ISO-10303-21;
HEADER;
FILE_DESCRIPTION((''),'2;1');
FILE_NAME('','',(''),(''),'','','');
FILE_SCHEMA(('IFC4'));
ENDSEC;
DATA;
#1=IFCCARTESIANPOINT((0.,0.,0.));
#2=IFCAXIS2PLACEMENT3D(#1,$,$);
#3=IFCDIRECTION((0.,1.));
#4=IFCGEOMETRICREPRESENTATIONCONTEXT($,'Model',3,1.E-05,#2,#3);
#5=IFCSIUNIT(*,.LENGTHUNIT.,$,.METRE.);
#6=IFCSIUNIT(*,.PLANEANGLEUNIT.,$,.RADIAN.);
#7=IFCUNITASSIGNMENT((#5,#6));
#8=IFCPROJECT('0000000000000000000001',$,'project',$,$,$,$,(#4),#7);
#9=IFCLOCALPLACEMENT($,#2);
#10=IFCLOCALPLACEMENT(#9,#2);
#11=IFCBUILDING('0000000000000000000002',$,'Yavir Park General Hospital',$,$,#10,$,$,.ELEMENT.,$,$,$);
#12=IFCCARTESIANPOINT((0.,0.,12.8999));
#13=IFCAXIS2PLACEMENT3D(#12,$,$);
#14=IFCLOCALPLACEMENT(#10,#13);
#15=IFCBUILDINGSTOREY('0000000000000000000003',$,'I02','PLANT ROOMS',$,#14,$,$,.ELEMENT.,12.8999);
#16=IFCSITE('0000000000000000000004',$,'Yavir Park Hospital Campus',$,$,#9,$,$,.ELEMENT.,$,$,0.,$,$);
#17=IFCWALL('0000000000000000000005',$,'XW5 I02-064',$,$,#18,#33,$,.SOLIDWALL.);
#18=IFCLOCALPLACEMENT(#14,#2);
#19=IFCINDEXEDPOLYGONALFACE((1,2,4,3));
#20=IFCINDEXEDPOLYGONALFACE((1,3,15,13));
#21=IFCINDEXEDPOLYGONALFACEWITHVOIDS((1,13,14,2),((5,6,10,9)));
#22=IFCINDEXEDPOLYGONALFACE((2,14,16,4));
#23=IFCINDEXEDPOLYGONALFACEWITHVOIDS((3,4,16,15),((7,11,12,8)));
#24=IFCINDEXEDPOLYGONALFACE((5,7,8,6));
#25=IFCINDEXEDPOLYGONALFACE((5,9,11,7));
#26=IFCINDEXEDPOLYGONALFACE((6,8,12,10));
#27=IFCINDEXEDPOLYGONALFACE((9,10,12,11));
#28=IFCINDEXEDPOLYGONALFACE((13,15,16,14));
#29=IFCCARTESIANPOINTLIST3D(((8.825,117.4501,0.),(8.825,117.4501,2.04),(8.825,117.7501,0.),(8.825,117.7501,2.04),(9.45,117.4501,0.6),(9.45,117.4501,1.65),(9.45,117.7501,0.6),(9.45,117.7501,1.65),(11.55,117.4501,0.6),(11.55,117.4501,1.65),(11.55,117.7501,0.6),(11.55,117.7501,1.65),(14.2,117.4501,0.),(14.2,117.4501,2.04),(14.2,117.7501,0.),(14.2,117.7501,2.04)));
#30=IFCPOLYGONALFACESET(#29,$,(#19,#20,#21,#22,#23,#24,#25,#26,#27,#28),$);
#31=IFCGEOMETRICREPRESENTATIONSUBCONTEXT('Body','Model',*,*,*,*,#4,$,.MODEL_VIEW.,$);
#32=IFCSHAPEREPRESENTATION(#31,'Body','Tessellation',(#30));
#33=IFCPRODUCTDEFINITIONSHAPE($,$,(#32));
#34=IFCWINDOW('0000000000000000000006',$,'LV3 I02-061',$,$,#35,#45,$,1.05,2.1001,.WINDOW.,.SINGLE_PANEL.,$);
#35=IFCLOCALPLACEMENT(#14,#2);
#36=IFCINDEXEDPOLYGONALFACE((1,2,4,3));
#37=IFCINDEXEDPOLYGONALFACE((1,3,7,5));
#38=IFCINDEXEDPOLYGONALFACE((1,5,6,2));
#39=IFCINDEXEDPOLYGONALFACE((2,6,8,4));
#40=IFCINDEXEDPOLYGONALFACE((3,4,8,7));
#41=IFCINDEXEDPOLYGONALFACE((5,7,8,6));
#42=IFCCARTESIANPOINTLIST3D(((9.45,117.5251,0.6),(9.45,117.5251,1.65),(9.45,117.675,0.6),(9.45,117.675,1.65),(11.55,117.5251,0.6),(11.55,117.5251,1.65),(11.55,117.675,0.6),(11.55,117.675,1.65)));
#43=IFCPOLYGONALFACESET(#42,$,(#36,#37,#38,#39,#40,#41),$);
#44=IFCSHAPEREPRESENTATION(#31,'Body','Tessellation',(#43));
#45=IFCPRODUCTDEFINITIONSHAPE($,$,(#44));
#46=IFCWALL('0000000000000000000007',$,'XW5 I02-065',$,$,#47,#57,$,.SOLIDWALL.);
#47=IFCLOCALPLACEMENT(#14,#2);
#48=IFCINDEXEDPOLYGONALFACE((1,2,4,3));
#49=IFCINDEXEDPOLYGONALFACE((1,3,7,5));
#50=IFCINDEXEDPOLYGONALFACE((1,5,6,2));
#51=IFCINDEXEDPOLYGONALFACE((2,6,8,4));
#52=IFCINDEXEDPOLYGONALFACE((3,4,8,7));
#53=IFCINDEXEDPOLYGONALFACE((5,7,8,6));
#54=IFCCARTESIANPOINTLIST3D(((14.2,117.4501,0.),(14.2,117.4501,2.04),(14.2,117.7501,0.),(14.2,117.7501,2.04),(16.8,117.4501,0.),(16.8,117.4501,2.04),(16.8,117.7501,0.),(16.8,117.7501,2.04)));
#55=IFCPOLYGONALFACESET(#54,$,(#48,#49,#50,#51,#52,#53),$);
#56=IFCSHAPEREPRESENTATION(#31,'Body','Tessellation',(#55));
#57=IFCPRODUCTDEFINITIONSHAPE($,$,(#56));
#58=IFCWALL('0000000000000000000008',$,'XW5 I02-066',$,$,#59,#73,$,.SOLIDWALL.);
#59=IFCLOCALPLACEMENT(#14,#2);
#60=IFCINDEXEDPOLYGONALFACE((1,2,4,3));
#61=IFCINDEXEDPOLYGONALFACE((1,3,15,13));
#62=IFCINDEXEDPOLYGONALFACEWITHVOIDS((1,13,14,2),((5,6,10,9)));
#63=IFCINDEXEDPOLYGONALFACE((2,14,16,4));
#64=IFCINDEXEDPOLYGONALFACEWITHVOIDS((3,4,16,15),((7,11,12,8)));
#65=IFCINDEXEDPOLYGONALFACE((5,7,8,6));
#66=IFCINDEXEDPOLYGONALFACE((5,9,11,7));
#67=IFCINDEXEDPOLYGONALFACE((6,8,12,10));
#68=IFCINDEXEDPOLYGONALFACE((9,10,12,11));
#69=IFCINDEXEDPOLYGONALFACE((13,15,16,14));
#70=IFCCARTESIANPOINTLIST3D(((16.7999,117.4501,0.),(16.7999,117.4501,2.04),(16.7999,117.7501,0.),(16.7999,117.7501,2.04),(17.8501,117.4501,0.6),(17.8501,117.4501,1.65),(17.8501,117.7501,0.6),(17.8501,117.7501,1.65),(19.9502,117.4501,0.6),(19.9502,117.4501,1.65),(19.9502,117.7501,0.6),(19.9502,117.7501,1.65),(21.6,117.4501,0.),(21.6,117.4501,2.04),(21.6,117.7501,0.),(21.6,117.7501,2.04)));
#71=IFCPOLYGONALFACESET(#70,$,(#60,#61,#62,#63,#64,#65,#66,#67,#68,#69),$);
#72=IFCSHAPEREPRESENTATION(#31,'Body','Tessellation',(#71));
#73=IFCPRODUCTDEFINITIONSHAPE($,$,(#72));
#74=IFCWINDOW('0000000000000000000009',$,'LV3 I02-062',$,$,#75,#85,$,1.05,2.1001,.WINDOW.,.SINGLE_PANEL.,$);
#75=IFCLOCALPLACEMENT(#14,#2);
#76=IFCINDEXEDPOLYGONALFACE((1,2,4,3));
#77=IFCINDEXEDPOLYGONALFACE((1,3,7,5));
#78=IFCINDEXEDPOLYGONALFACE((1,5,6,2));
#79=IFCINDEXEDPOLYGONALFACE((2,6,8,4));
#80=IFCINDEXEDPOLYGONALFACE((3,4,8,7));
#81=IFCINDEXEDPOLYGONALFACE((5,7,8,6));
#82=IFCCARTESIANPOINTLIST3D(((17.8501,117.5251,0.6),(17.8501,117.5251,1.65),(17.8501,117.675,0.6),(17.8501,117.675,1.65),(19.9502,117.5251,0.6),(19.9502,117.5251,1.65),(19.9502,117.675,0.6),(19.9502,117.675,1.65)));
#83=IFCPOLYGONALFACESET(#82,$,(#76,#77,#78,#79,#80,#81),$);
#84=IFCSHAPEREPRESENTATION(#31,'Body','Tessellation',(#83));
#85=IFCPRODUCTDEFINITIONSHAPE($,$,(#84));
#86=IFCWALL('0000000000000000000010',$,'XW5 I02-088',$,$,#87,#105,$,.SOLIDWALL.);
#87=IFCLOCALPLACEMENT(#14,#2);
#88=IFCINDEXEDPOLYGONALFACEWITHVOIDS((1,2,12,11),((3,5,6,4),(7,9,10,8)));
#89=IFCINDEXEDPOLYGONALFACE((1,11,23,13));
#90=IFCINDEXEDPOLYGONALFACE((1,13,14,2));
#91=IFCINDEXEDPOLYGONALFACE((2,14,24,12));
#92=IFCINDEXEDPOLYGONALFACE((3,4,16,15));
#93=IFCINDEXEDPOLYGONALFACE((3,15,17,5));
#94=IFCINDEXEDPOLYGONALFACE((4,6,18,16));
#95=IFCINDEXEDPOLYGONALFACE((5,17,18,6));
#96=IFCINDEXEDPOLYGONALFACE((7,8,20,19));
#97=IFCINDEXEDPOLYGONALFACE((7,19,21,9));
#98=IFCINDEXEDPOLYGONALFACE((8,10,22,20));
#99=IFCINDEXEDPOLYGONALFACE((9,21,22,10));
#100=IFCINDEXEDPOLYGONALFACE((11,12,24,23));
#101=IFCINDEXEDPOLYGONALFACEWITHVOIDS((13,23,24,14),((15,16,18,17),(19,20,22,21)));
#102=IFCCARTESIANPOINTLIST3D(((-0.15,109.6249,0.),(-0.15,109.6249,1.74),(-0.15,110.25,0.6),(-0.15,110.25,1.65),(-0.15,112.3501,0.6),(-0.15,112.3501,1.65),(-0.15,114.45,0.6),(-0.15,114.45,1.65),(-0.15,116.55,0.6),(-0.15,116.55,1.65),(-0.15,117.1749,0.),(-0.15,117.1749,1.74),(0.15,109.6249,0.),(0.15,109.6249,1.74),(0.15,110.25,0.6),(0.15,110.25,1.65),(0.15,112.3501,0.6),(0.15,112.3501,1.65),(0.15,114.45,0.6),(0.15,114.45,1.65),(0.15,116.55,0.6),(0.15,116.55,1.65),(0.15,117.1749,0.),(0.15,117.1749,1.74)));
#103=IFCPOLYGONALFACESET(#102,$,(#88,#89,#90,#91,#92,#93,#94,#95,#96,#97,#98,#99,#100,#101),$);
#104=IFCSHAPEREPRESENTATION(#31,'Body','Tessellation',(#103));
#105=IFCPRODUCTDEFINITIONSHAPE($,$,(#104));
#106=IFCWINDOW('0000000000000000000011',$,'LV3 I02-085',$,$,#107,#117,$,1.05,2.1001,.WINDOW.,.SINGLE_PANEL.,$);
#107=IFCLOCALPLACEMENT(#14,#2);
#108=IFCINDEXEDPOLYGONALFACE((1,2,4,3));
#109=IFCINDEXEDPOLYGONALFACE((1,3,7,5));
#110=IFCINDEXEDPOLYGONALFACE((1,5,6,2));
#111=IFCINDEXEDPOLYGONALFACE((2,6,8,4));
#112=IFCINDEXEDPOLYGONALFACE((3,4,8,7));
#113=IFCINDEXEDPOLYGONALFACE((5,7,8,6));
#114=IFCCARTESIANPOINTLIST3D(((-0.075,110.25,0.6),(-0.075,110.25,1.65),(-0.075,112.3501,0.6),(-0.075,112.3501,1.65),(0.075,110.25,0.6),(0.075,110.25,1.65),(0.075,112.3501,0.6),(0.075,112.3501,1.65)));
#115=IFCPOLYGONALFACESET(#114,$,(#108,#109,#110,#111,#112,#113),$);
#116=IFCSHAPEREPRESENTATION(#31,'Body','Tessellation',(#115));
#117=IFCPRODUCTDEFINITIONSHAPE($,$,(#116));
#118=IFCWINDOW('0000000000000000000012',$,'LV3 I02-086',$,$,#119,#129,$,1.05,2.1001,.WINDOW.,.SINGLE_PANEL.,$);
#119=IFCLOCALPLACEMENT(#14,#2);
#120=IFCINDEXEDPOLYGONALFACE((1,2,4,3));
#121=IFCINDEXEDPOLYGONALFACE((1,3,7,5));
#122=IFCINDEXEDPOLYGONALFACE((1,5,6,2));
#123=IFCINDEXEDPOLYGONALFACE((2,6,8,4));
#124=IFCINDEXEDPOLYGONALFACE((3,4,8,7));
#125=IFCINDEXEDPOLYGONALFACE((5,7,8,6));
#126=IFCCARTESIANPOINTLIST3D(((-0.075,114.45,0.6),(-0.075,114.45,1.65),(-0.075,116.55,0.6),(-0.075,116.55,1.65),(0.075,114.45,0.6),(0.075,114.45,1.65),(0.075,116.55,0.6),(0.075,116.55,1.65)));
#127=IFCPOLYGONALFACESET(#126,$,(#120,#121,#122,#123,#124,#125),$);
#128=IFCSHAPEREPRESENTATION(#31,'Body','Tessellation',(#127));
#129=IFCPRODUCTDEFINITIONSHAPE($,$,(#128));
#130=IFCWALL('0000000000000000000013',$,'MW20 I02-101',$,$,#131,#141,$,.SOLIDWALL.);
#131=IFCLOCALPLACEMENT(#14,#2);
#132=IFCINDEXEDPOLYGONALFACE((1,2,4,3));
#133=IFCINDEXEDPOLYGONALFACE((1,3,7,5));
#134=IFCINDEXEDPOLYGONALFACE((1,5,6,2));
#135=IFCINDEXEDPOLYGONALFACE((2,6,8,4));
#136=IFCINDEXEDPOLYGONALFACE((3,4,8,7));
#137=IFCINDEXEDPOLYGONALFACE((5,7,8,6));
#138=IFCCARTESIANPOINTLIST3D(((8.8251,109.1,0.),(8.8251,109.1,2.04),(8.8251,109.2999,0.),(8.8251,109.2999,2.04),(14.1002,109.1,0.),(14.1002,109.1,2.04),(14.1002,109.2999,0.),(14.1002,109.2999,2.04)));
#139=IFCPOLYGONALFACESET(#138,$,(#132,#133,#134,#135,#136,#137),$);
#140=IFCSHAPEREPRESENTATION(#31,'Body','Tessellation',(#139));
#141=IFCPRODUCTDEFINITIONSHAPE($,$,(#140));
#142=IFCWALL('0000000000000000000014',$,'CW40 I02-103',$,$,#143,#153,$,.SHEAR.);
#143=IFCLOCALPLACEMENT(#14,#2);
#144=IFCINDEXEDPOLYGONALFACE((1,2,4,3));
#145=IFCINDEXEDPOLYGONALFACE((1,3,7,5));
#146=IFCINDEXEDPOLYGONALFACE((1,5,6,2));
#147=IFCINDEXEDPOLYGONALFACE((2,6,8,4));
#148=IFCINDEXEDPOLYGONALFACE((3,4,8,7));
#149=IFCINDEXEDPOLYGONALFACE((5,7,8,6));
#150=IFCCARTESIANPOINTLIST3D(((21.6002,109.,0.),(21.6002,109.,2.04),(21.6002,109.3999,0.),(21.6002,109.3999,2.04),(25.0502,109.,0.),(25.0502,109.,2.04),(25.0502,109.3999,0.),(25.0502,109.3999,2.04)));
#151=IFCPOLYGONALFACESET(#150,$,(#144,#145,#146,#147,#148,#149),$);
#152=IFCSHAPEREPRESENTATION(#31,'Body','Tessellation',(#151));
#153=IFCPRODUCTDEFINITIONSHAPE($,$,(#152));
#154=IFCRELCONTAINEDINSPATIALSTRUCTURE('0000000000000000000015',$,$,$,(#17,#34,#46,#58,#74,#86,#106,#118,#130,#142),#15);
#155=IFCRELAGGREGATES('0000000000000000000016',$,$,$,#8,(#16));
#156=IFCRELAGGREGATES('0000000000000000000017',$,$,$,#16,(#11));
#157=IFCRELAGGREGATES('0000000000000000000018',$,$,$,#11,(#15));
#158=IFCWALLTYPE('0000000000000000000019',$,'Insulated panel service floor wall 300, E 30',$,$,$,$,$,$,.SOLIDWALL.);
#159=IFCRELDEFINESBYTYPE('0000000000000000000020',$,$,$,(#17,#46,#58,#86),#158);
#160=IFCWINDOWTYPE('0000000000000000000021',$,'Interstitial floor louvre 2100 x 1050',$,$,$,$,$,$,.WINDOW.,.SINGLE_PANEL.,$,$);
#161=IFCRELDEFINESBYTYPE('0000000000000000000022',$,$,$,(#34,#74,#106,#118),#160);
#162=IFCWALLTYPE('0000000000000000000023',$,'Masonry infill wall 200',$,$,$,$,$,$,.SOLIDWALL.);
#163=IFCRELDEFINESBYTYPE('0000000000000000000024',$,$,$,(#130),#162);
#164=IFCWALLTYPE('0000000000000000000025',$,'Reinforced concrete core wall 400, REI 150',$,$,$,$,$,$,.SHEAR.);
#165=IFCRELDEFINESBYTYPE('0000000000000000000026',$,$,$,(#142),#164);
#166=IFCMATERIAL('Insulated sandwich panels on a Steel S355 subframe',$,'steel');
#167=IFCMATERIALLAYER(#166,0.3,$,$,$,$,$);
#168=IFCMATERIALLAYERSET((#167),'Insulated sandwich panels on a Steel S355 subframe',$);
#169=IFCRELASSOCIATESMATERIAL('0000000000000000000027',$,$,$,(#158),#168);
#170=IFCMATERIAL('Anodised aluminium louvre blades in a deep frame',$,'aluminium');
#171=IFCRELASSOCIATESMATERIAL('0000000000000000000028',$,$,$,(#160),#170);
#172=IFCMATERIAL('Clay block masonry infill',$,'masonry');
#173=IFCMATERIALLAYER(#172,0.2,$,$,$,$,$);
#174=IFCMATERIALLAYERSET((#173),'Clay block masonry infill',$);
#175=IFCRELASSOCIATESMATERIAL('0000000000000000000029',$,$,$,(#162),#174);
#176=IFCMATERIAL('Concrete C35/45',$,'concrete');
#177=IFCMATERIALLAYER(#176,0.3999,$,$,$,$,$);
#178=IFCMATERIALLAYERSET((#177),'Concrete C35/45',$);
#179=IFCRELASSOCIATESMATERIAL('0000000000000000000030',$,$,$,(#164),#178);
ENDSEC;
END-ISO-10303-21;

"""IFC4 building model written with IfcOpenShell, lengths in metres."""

from ifc_helpers import new_model, si_unit, direction, frame, frame_2d, origin, place, context, subcontext, project, spatial, rectangle, extrude, material, layer, layer_set, type_object, element, fill, save


model = new_model("IFC4")

# Units and contexts
model_context = context("Model", 3, precision=1e-05, world=origin(), true_north=direction((0.0, 1.0)))
body_context = subcontext(model_context, "Body", "Model", "MODEL_VIEW")
ifc_project = project(units=[si_unit("LENGTHUNIT", "METRE"), si_unit("PLANEANGLEUNIT", "RADIAN")], contexts=[model_context])

# Site, building, storey
site_placement = place(None, origin())
site = spatial("IfcSite", under=ifc_project, at=site_placement, Name="Yavir Park Hospital Campus", CompositionType="ELEMENT", RefElevation=0.0)
building_placement = place(site_placement, origin())
building = spatial("IfcBuilding", under=site, at=building_placement, Name="Yavir Park General Hospital", CompositionType="ELEMENT")
storey_placement = place(building_placement, frame((0.0, 0.0, 12.8999)))
storey = spatial("IfcBuildingStorey", under=building, at=storey_placement, Name="I02", Description="PLANT ROOMS", CompositionType="ELEMENT", Elevation=12.8999)

# Shared definitions
ifc_material_1 = material(Name="Insulated sandwich panels on a Steel S355 subframe", Category="steel")
ifc_layer_1 = layer(ifc_material_1, 0.3)
ifc_layer_set_1 = layer_set([ifc_layer_1], Name="Insulated sandwich panels on a Steel S355 subframe")
wall_type_1 = type_object("IfcWallType", Name="Insulated panel service floor wall 300, E 30", PredefinedType="SOLIDWALL", material=ifc_layer_set_1)
ifc_material_2 = material(Name="Anodised aluminium louvre blades in a deep frame", Category="aluminium")
window_type = type_object("IfcWindowType", Name="Interstitial floor louvre 2100 x 1050", PartitioningType="SINGLE_PANEL", PredefinedType="WINDOW", material=ifc_material_2)

# Wall, opening, window
wall_1_placement = place(storey_placement, frame((8.825, 117.6001, 0.0), z_axis=(0.0, 0.0, 1.0), x_axis=(1.0, 0.0, 0.0)))
wall_1 = element("IfcWall", 1, at=wall_1_placement, inside=storey, type_object=wall_type_1, Name="XW5 I02-064", PredefinedType="SOLIDWALL", context=body_context, shape_type="SweptSolid", body=[
    extrude(rectangle(XDim=5.375, YDim=0.3, at=frame_2d((2.6875, 0.0))), origin(), (0.0, 0.0, 1.0), 2.04),
])
opening_1_placement = place(wall_1_placement, frame((0.625, 0.0, 0.6001)))
opening_1 = element("IfcOpeningElement", 2, at=opening_1_placement, cuts=wall_1, PredefinedType="OPENING", context=body_context, shape_type="SweptSolid", body=[
    extrude(rectangle(XDim=2.1001, YDim=1.05, at=frame_2d((1.05, 0.5249))), frame((0.0, 0.1599, 0.0), z_axis=(0.0, -1.0, 0.0), x_axis=(1.0, 0.0, 0.0)), (0.0, 0.0, 1.0), 0.3201),
])
window_1_placement = place(opening_1_placement, origin())
window_1 = element("IfcWindow", 3, at=window_1_placement, inside=storey, type_object=window_type, Name="LV3 I02-061", OverallHeight=1.05, OverallWidth=2.1001, PartitioningType="SINGLE_PANEL", PredefinedType="WINDOW", context=body_context, shape_type="SweptSolid", body=[
    extrude(rectangle(XDim=2.1001, YDim=1.05, at=frame_2d((1.05, 0.5249))), frame((0.0, 0.075, 0.0), z_axis=(0.0, -1.0, 0.0), x_axis=(1.0, 0.0, 0.0)), (0.0, 0.0, 1.0), 0.1499),
])
fill(opening_1, window_1)

# Wall
wall_2_placement = place(storey_placement, frame((14.2, 117.6001, 0.0), z_axis=(0.0, 0.0, 1.0), x_axis=(1.0, 0.0, 0.0)))
element("IfcWall", 4, at=wall_2_placement, inside=storey, type_object=wall_type_1, Name="XW5 I02-065", PredefinedType="SOLIDWALL", context=body_context, shape_type="SweptSolid", body=[
    extrude(rectangle(XDim=2.6001, YDim=0.3, at=frame_2d((1.3, 0.0))), origin(), (0.0, 0.0, 1.0), 2.04),
])

# Wall, opening, window
wall_3_placement = place(storey_placement, frame((16.8, 117.6001, 0.0), z_axis=(0.0, 0.0, 1.0), x_axis=(1.0, 0.0, 0.0)))
wall_3 = element("IfcWall", 5, at=wall_3_placement, inside=storey, type_object=wall_type_1, Name="XW5 I02-066", PredefinedType="SOLIDWALL", context=body_context, shape_type="SweptSolid", body=[
    extrude(rectangle(XDim=4.8, YDim=0.3, at=frame_2d((2.3999, 0.0))), origin(), (0.0, 0.0, 1.0), 2.04),
])
opening_2_placement = place(wall_3_placement, frame((1.05, 0.0, 0.6001)))
opening_2 = element("IfcOpeningElement", 6, at=opening_2_placement, cuts=wall_3, PredefinedType="OPENING", context=body_context, shape_type="SweptSolid", body=[
    extrude(rectangle(XDim=2.1001, YDim=1.05, at=frame_2d((1.05, 0.5249))), frame((0.0, 0.1599, 0.0), z_axis=(0.0, -1.0, 0.0), x_axis=(1.0, 0.0, 0.0)), (0.0, 0.0, 1.0), 0.3201),
])
window_2_placement = place(opening_2_placement, origin())
window_2 = element("IfcWindow", 7, at=window_2_placement, inside=storey, type_object=window_type, Name="LV3 I02-062", OverallHeight=1.05, OverallWidth=2.1001, PartitioningType="SINGLE_PANEL", PredefinedType="WINDOW", context=body_context, shape_type="SweptSolid", body=[
    extrude(rectangle(XDim=2.1001, YDim=1.05, at=frame_2d((1.05, 0.5249))), frame((0.0, 0.075, 0.0), z_axis=(0.0, -1.0, 0.0), x_axis=(1.0, 0.0, 0.0)), (0.0, 0.0, 1.0), 0.1499),
])
fill(opening_2, window_2)

# Wall, openings, windows
wall_4_placement = place(storey_placement, frame((0.0, 109.625, 0.0), z_axis=(0.0, 0.0, 1.0), x_axis=(0.0, 1.0, 0.0)))
wall_4 = element("IfcWall", 8, at=wall_4_placement, inside=storey, type_object=wall_type_1, Name="XW5 I02-088", PredefinedType="SOLIDWALL", context=body_context, shape_type="SweptSolid", body=[
    extrude(rectangle(XDim=7.55, YDim=0.3, at=frame_2d((3.7749, 0.0))), origin(), (0.0, 0.0, 1.0), 1.74),
])
opening_3_placement = place(wall_4_placement, frame((0.625, 0.0, 0.6001)))
opening_3 = element("IfcOpeningElement", 9, at=opening_3_placement, cuts=wall_4, PredefinedType="OPENING", context=body_context, shape_type="SweptSolid", body=[
    extrude(rectangle(XDim=2.1001, YDim=1.05, at=frame_2d((1.05, 0.5249))), frame((0.0, 0.1599, 0.0), z_axis=(0.0, -1.0, 0.0), x_axis=(1.0, 0.0, 0.0)), (0.0, 0.0, 1.0), 0.3201),
])
opening_4_placement = place(wall_4_placement, frame((4.825, 0.0, 0.6001)))
opening_4 = element("IfcOpeningElement", 10, at=opening_4_placement, cuts=wall_4, PredefinedType="OPENING", context=body_context, shape_type="SweptSolid", body=[
    extrude(rectangle(XDim=2.1001, YDim=1.05, at=frame_2d((1.05, 0.5249))), frame((0.0, 0.1599, 0.0), z_axis=(0.0, -1.0, 0.0), x_axis=(1.0, 0.0, 0.0)), (0.0, 0.0, 1.0), 0.3201),
])
window_3_placement = place(opening_3_placement, origin())
window_3 = element("IfcWindow", 11, at=window_3_placement, inside=storey, type_object=window_type, Name="LV3 I02-085", OverallHeight=1.05, OverallWidth=2.1001, PartitioningType="SINGLE_PANEL", PredefinedType="WINDOW", context=body_context, shape_type="SweptSolid", body=[
    extrude(rectangle(XDim=2.1001, YDim=1.05, at=frame_2d((1.05, 0.5249))), frame((0.0, 0.075, 0.0), z_axis=(0.0, -1.0, 0.0), x_axis=(1.0, 0.0, 0.0)), (0.0, 0.0, 1.0), 0.1499),
])
fill(opening_3, window_3)
window_4_placement = place(opening_4_placement, origin())
window_4 = element("IfcWindow", 12, at=window_4_placement, inside=storey, type_object=window_type, Name="LV3 I02-086", OverallHeight=1.05, OverallWidth=2.1001, PartitioningType="SINGLE_PANEL", PredefinedType="WINDOW", context=body_context, shape_type="SweptSolid", body=[
    extrude(rectangle(XDim=2.1001, YDim=1.05, at=frame_2d((1.05, 0.5249))), frame((0.0, 0.075, 0.0), z_axis=(0.0, -1.0, 0.0), x_axis=(1.0, 0.0, 0.0)), (0.0, 0.0, 1.0), 0.1499),
])
fill(opening_4, window_4)

# Walls
ifc_material_3 = material(Name="Clay block masonry infill", Category="masonry")
ifc_layer_2 = layer(ifc_material_3, 0.2)
ifc_layer_set_2 = layer_set([ifc_layer_2], Name="Clay block masonry infill")
wall_type_2 = type_object("IfcWallType", Name="Masonry infill wall 200", PredefinedType="SOLIDWALL", material=ifc_layer_set_2)
wall_5_placement = place(storey_placement, frame((8.825, 109.2, 0.0), z_axis=(0.0, 0.0, 1.0), x_axis=(1.0, 0.0, 0.0)))
element("IfcWall", 13, at=wall_5_placement, inside=storey, type_object=wall_type_2, Name="MW20 I02-101", PredefinedType="SOLIDWALL", context=body_context, shape_type="SweptSolid", body=[
    extrude(rectangle(XDim=5.2751, YDim=0.2, at=frame_2d((2.6377, 0.0))), origin(), (0.0, 0.0, 1.0), 2.04),
])
ifc_material_4 = material(Name="Concrete C35/45", Category="concrete")
ifc_layer_3 = layer(ifc_material_4, 0.3999)
ifc_layer_set_3 = layer_set([ifc_layer_3], Name="Concrete C35/45")
wall_type_3 = type_object("IfcWallType", Name="Reinforced concrete core wall 400, REI 150", PredefinedType="SHEAR", material=ifc_layer_set_3)
wall_6_placement = place(storey_placement, frame((21.6001, 109.2, 0.0), z_axis=(0.0, 0.0, 1.0), x_axis=(1.0, 0.0, 0.0)))
element("IfcWall", 14, at=wall_6_placement, inside=storey, type_object=wall_type_3, Name="CW40 I02-103", PredefinedType="SHEAR", context=body_context, shape_type="SweptSolid", body=[
    extrude(rectangle(XDim=3.45, YDim=0.3999, at=frame_2d((1.7251, 0.0))), origin(), (0.0, 0.0, 1.0), 2.04),
])

save(model, "model.ifc")
